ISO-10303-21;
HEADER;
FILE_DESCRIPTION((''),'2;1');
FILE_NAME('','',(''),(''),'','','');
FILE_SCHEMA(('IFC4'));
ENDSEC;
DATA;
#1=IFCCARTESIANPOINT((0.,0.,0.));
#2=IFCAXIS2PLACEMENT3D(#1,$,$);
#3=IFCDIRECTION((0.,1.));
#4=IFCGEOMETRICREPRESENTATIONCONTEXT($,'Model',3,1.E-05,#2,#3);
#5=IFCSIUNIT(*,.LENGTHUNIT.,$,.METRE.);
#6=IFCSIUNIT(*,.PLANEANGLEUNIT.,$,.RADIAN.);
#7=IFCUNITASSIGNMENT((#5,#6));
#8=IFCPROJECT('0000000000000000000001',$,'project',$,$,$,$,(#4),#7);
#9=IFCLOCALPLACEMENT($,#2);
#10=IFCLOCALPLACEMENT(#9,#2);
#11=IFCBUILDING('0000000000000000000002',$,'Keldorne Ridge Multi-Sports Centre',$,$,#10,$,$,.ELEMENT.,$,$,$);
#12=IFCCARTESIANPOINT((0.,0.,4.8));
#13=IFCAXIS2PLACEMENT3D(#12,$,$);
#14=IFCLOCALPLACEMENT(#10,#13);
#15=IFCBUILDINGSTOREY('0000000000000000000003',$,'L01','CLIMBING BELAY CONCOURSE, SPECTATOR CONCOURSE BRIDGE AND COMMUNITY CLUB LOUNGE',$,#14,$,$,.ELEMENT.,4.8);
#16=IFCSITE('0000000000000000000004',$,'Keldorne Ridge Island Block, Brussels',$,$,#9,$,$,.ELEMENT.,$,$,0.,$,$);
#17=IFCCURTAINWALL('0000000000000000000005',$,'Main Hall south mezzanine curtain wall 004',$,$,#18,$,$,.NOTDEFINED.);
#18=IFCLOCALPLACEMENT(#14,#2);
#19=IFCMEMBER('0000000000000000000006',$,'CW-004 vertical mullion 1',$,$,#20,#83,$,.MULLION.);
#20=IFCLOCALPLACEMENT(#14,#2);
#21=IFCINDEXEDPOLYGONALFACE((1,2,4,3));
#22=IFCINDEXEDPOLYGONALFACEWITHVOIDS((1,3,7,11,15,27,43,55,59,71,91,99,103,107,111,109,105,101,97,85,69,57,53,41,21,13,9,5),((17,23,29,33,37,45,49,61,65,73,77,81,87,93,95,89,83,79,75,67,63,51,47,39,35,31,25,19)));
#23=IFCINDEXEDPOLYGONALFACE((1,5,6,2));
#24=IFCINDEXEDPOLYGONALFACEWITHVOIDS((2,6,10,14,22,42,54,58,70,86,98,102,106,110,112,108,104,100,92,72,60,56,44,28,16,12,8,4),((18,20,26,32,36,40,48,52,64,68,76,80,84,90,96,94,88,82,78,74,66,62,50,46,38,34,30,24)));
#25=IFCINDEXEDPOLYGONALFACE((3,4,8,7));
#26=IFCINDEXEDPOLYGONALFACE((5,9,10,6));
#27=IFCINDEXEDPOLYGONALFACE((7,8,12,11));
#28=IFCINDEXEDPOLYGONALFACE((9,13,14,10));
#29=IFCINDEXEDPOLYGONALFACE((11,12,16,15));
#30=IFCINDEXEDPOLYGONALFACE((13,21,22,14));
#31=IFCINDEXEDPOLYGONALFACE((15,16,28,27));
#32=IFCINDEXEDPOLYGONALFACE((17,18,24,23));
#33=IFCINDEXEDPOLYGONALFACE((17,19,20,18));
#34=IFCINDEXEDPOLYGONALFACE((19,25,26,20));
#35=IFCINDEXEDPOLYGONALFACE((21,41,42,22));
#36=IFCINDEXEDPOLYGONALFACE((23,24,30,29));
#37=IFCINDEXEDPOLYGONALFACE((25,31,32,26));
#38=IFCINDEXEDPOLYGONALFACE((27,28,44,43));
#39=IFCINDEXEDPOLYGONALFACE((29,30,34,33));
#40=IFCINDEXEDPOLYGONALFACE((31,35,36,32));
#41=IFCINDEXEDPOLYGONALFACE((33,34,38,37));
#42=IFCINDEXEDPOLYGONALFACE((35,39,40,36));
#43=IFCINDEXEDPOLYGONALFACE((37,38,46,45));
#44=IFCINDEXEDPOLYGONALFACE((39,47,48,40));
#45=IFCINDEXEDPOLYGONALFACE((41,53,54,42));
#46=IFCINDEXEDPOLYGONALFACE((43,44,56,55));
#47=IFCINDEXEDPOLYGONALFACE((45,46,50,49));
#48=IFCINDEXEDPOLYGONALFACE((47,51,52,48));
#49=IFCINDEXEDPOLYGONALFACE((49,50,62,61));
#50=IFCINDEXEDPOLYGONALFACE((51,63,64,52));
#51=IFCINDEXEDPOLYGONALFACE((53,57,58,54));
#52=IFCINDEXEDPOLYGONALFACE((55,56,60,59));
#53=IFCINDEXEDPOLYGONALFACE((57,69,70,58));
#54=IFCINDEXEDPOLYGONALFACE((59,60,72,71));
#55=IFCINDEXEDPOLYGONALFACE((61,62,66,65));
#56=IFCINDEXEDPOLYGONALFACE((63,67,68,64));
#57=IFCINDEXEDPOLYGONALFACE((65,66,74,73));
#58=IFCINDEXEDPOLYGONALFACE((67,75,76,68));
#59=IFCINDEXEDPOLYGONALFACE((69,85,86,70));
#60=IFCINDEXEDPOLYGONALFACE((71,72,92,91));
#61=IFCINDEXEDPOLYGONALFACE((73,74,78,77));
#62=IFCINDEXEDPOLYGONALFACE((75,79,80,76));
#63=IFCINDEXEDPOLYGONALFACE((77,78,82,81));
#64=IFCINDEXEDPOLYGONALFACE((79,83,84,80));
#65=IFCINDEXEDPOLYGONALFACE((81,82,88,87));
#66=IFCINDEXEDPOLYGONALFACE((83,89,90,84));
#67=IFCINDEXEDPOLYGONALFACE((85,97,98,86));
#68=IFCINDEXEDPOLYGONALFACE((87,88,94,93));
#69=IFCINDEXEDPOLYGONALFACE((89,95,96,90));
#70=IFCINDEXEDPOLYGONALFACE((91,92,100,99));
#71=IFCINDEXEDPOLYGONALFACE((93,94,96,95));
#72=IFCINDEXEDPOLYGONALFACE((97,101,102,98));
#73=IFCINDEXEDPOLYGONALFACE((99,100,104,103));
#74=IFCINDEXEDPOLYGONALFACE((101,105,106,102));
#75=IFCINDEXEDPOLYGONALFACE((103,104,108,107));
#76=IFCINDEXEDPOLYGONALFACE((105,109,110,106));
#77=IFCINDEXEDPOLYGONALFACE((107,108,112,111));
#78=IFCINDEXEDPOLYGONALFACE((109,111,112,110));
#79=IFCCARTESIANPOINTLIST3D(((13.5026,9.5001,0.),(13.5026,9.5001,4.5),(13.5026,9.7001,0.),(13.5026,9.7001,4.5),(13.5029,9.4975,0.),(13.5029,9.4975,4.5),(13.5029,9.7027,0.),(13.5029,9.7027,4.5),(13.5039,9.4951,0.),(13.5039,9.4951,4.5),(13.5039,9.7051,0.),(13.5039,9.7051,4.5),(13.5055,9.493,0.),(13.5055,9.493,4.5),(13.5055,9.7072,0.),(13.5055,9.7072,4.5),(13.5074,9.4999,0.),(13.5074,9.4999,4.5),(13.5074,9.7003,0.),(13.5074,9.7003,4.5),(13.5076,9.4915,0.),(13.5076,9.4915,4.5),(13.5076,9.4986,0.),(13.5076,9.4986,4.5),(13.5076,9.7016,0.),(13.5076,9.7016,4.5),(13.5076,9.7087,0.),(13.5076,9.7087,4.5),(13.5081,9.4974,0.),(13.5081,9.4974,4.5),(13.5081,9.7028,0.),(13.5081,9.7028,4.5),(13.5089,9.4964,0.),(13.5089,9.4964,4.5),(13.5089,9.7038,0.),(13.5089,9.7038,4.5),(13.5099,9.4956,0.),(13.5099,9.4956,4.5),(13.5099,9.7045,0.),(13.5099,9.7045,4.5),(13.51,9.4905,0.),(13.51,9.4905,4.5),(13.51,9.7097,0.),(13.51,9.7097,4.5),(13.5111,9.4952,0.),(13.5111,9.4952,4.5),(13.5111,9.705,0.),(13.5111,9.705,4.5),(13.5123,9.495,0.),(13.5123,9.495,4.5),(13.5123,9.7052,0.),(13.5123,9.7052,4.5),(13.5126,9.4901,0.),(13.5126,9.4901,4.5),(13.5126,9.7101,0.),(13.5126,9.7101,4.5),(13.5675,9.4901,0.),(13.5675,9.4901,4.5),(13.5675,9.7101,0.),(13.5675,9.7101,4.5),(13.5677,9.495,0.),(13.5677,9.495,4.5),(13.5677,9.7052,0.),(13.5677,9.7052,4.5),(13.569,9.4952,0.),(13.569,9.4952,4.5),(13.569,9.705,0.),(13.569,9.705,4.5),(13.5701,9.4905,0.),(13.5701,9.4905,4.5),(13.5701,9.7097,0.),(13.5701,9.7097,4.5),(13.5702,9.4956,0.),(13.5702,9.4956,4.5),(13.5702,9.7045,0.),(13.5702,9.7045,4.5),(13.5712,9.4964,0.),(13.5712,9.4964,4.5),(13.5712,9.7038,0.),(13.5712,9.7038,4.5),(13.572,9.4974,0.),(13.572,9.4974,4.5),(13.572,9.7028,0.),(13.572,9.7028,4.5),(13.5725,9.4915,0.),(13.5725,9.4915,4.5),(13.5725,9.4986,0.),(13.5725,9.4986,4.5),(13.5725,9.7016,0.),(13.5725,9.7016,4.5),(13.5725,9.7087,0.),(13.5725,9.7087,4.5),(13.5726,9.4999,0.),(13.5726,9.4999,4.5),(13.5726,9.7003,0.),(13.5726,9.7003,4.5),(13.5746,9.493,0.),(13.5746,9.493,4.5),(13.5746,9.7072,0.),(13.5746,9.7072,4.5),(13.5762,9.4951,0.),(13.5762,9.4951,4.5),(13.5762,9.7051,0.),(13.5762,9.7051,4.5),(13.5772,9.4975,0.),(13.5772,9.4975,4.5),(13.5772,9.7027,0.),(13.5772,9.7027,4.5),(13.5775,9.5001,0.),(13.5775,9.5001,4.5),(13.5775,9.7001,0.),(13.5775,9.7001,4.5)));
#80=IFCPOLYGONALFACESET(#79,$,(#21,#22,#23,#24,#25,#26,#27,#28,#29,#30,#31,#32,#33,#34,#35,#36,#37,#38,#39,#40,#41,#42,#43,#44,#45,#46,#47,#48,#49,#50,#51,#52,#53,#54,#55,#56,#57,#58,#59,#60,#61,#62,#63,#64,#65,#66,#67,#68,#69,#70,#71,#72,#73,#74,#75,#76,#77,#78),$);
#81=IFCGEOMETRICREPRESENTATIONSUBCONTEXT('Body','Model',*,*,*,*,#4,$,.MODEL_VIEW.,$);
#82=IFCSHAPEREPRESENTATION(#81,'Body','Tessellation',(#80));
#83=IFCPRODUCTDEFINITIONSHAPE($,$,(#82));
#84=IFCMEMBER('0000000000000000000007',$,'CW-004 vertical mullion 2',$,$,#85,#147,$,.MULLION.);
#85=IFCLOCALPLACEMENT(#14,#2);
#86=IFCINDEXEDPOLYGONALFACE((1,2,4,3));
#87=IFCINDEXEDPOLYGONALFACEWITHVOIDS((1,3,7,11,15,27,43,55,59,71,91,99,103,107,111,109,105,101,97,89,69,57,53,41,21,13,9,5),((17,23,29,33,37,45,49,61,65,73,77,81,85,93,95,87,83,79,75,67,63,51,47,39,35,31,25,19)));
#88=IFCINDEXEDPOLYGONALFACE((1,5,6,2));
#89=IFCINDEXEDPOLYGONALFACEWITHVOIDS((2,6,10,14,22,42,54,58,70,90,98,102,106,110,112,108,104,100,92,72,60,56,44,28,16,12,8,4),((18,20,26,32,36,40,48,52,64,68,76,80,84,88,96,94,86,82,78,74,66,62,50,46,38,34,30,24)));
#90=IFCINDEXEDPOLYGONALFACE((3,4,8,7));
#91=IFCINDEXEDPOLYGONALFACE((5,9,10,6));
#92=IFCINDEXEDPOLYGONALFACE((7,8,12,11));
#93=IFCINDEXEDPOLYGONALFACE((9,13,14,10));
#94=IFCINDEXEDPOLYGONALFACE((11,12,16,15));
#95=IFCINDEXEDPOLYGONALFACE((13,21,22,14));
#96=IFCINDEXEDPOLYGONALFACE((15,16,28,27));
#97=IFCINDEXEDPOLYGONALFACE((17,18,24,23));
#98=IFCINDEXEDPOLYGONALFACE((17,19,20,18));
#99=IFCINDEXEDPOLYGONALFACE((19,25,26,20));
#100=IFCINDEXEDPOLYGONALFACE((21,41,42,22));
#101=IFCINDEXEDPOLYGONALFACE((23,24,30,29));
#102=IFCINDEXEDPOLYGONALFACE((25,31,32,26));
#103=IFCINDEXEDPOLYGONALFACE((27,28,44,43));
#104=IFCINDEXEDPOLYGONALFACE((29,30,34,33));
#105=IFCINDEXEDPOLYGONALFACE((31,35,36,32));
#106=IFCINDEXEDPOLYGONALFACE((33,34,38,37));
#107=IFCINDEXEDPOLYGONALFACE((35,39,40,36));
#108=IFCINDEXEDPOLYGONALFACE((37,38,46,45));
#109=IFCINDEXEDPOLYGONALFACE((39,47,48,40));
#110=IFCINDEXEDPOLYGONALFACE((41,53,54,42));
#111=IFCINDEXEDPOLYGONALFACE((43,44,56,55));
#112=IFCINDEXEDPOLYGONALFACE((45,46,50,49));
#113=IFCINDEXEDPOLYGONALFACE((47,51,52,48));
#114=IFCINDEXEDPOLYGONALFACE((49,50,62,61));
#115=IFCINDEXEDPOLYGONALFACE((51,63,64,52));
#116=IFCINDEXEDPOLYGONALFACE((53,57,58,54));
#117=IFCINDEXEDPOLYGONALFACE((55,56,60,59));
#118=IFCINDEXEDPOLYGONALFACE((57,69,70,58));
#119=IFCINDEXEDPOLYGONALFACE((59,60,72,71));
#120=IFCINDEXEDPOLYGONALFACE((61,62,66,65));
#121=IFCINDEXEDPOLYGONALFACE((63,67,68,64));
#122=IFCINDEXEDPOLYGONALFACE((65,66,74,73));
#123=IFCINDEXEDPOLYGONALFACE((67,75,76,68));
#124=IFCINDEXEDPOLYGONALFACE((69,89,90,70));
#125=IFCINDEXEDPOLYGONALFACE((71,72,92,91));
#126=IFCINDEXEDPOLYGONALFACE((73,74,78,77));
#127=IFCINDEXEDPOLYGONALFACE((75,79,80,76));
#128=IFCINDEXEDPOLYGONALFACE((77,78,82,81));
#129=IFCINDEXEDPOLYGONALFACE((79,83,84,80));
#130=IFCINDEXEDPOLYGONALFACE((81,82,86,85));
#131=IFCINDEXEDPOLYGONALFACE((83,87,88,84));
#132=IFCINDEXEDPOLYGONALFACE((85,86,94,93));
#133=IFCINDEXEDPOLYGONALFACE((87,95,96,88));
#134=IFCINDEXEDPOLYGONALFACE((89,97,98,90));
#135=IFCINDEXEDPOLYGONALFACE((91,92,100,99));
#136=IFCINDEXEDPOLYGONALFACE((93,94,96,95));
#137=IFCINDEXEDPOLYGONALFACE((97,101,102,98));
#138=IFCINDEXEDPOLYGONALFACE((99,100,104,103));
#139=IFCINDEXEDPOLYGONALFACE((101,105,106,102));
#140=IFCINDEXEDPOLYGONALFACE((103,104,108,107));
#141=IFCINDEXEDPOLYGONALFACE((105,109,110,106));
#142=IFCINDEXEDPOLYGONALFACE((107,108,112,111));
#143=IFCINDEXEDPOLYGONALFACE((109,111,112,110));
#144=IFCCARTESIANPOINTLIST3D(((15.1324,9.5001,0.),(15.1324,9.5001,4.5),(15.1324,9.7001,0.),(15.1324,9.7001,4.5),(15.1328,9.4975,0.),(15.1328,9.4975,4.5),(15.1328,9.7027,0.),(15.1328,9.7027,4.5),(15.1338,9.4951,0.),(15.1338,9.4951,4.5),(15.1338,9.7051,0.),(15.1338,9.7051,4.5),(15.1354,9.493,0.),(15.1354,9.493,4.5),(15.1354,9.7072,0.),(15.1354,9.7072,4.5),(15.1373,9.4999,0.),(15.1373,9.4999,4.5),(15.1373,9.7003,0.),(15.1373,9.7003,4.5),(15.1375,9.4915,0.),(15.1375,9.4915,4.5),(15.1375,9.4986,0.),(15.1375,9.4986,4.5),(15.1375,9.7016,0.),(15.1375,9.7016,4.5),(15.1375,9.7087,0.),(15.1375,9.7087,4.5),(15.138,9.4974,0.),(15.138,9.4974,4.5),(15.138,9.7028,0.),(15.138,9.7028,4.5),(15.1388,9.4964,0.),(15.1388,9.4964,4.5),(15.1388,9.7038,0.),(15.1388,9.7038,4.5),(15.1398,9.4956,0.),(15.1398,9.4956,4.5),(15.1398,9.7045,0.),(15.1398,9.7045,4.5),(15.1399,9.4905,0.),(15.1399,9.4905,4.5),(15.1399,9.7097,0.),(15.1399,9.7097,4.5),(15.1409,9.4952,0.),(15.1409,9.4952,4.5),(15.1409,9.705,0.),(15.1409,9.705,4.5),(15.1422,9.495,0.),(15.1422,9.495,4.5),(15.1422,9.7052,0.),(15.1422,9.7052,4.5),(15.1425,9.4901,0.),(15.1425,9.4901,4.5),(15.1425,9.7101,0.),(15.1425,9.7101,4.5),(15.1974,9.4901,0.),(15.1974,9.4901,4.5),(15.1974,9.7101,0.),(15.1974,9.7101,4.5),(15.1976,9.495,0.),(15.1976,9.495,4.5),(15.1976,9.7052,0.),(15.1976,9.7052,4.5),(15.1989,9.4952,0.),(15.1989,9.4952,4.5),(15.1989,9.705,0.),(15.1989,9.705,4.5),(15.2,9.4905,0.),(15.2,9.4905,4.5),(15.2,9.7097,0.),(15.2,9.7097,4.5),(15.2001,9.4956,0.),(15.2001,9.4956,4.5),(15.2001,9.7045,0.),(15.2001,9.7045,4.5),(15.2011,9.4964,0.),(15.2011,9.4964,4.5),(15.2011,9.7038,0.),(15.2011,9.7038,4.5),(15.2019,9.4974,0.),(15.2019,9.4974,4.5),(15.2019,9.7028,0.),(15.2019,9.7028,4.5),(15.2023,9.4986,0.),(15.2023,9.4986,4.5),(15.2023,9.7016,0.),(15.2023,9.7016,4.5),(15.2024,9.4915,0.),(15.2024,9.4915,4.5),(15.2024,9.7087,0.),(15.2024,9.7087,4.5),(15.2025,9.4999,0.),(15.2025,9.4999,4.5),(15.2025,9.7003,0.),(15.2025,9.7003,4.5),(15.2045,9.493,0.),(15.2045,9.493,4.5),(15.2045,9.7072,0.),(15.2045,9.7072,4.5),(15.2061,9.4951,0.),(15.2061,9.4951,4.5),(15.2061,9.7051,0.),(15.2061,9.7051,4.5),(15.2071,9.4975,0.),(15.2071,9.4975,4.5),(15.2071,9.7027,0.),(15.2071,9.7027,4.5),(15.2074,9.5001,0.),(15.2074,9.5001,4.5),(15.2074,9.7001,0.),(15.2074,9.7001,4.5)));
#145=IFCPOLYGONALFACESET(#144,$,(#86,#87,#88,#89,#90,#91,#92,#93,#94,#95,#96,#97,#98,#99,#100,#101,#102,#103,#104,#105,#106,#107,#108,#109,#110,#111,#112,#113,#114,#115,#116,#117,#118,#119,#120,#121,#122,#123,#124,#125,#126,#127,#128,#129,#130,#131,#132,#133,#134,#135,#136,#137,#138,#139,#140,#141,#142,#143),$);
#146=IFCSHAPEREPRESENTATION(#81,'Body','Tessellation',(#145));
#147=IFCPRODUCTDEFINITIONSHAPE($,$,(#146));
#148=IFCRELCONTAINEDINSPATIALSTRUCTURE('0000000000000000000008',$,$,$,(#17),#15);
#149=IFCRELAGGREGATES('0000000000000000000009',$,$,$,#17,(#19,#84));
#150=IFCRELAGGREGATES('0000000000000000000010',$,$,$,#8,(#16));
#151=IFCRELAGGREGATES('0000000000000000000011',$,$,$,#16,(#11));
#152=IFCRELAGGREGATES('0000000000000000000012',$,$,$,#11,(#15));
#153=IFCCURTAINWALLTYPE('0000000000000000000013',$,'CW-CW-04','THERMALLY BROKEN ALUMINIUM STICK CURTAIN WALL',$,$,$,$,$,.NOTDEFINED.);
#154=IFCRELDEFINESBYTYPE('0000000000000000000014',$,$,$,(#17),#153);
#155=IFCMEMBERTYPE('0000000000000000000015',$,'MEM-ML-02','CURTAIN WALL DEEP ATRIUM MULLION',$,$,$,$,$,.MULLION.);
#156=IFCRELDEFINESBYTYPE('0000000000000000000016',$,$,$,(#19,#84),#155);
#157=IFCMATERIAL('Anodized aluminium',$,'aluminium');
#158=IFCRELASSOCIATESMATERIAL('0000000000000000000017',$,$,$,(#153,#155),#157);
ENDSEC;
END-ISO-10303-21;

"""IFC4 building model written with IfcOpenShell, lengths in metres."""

from ifc_helpers import new_model, si_unit, direction, frame, origin, origin_2d, place, context, subcontext, project, spatial, hollow_rectangle, extrude, material, material_profile, profile_set, type_object, element, aggregate, save


model = new_model("IFC4")

# Units and contexts
model_context = context("Model", 3, precision=1e-05, world=origin(), true_north=direction((0.0, 1.0)))
body_context = subcontext(model_context, "Body", "Model", "MODEL_VIEW")
ifc_project = project(units=[si_unit("LENGTHUNIT", "METRE"), si_unit("PLANEANGLEUNIT", "RADIAN")], contexts=[model_context])

# Site, building, storey
site_placement = place(None, origin())
site = spatial("IfcSite", under=ifc_project, at=site_placement, Name="Keldorne Ridge Island Block, Brussels", CompositionType="ELEMENT", RefElevation=0.0)
building_placement = place(site_placement, origin())
building = spatial("IfcBuilding", under=site, at=building_placement, Name="Keldorne Ridge Multi-Sports Centre", CompositionType="ELEMENT")
storey_placement = place(building_placement, frame((0.0, 0.0, 4.8)))
storey = spatial("IfcBuildingStorey", under=building, at=storey_placement, Name="L01", Description="CLIMBING BELAY CONCOURSE, SPECTATOR CONCOURSE BRIDGE AND COMMUNITY CLUB LOUNGE", CompositionType="ELEMENT", Elevation=4.8)

# Curtain wall, members
ifc_material_1 = material(Name="Anodized aluminium", Category="aluminium")
curtain_wall_type_1 = type_object("IfcCurtainWallType", Name="CW-CW-04", Description="THERMALLY BROKEN ALUMINIUM STICK CURTAIN WALL", PredefinedType="NOTDEFINED", material=ifc_material_1)
curtain_wall_1_placement = place(storey_placement, origin())
curtain_wall_1 = element("IfcCurtainWall", 1, at=curtain_wall_1_placement, inside=storey, type_object=curtain_wall_type_1, Name="Main Hall south mezzanine curtain wall 004", PredefinedType="NOTDEFINED")
ifc_material_profile_1 = material_profile(ifc_material_1, hollow_rectangle(XDim=0.075, YDim=0.22, WallThickness=0.0049, InnerFilletRadius=0.0049, OuterFilletRadius=0.01, at=origin_2d()), Name="ALU MULLION 220x75x5")
ifc_profile_set_1 = profile_set([ifc_material_profile_1], Name="Anodized aluminium")
member_type_1 = type_object("IfcMemberType", Name="MEM-ML-02", Description="CURTAIN WALL DEEP ATRIUM MULLION", PredefinedType="MULLION", material=ifc_profile_set_1)
member_1_placement = place(storey_placement, frame((13.54, 9.6001, 0.0), z_axis=(0.0, 0.0, 1.0), x_axis=(1.0, 0.0, 0.0)))
member_1 = element("IfcMember", 2, at=member_1_placement, type_object=member_type_1, Name="CW-004 vertical mullion 1", PredefinedType="MULLION", context=body_context, shape_type="SweptSolid", body=[
    extrude(hollow_rectangle(XDim=0.075, YDim=0.22, WallThickness=0.0049, InnerFilletRadius=0.0049, OuterFilletRadius=0.01, at=origin_2d()), origin(), (0.0, 0.0, 1.0), 4.5),
])
member_2_placement = place(storey_placement, frame((15.1699, 9.6001, 0.0), z_axis=(0.0, 0.0, 1.0), x_axis=(1.0, 0.0, 0.0)))
member_2 = element("IfcMember", 3, at=member_2_placement, type_object=member_type_1, Name="CW-004 vertical mullion 2", PredefinedType="MULLION", context=body_context, shape_type="SweptSolid", body=[
    extrude(hollow_rectangle(XDim=0.075, YDim=0.22, WallThickness=0.0049, InnerFilletRadius=0.0049, OuterFilletRadius=0.01, at=origin_2d()), origin(), (0.0, 0.0, 1.0), 4.5),
])

aggregate(curtain_wall_1, [member_1, member_2])

save(model, "model.ifc")
